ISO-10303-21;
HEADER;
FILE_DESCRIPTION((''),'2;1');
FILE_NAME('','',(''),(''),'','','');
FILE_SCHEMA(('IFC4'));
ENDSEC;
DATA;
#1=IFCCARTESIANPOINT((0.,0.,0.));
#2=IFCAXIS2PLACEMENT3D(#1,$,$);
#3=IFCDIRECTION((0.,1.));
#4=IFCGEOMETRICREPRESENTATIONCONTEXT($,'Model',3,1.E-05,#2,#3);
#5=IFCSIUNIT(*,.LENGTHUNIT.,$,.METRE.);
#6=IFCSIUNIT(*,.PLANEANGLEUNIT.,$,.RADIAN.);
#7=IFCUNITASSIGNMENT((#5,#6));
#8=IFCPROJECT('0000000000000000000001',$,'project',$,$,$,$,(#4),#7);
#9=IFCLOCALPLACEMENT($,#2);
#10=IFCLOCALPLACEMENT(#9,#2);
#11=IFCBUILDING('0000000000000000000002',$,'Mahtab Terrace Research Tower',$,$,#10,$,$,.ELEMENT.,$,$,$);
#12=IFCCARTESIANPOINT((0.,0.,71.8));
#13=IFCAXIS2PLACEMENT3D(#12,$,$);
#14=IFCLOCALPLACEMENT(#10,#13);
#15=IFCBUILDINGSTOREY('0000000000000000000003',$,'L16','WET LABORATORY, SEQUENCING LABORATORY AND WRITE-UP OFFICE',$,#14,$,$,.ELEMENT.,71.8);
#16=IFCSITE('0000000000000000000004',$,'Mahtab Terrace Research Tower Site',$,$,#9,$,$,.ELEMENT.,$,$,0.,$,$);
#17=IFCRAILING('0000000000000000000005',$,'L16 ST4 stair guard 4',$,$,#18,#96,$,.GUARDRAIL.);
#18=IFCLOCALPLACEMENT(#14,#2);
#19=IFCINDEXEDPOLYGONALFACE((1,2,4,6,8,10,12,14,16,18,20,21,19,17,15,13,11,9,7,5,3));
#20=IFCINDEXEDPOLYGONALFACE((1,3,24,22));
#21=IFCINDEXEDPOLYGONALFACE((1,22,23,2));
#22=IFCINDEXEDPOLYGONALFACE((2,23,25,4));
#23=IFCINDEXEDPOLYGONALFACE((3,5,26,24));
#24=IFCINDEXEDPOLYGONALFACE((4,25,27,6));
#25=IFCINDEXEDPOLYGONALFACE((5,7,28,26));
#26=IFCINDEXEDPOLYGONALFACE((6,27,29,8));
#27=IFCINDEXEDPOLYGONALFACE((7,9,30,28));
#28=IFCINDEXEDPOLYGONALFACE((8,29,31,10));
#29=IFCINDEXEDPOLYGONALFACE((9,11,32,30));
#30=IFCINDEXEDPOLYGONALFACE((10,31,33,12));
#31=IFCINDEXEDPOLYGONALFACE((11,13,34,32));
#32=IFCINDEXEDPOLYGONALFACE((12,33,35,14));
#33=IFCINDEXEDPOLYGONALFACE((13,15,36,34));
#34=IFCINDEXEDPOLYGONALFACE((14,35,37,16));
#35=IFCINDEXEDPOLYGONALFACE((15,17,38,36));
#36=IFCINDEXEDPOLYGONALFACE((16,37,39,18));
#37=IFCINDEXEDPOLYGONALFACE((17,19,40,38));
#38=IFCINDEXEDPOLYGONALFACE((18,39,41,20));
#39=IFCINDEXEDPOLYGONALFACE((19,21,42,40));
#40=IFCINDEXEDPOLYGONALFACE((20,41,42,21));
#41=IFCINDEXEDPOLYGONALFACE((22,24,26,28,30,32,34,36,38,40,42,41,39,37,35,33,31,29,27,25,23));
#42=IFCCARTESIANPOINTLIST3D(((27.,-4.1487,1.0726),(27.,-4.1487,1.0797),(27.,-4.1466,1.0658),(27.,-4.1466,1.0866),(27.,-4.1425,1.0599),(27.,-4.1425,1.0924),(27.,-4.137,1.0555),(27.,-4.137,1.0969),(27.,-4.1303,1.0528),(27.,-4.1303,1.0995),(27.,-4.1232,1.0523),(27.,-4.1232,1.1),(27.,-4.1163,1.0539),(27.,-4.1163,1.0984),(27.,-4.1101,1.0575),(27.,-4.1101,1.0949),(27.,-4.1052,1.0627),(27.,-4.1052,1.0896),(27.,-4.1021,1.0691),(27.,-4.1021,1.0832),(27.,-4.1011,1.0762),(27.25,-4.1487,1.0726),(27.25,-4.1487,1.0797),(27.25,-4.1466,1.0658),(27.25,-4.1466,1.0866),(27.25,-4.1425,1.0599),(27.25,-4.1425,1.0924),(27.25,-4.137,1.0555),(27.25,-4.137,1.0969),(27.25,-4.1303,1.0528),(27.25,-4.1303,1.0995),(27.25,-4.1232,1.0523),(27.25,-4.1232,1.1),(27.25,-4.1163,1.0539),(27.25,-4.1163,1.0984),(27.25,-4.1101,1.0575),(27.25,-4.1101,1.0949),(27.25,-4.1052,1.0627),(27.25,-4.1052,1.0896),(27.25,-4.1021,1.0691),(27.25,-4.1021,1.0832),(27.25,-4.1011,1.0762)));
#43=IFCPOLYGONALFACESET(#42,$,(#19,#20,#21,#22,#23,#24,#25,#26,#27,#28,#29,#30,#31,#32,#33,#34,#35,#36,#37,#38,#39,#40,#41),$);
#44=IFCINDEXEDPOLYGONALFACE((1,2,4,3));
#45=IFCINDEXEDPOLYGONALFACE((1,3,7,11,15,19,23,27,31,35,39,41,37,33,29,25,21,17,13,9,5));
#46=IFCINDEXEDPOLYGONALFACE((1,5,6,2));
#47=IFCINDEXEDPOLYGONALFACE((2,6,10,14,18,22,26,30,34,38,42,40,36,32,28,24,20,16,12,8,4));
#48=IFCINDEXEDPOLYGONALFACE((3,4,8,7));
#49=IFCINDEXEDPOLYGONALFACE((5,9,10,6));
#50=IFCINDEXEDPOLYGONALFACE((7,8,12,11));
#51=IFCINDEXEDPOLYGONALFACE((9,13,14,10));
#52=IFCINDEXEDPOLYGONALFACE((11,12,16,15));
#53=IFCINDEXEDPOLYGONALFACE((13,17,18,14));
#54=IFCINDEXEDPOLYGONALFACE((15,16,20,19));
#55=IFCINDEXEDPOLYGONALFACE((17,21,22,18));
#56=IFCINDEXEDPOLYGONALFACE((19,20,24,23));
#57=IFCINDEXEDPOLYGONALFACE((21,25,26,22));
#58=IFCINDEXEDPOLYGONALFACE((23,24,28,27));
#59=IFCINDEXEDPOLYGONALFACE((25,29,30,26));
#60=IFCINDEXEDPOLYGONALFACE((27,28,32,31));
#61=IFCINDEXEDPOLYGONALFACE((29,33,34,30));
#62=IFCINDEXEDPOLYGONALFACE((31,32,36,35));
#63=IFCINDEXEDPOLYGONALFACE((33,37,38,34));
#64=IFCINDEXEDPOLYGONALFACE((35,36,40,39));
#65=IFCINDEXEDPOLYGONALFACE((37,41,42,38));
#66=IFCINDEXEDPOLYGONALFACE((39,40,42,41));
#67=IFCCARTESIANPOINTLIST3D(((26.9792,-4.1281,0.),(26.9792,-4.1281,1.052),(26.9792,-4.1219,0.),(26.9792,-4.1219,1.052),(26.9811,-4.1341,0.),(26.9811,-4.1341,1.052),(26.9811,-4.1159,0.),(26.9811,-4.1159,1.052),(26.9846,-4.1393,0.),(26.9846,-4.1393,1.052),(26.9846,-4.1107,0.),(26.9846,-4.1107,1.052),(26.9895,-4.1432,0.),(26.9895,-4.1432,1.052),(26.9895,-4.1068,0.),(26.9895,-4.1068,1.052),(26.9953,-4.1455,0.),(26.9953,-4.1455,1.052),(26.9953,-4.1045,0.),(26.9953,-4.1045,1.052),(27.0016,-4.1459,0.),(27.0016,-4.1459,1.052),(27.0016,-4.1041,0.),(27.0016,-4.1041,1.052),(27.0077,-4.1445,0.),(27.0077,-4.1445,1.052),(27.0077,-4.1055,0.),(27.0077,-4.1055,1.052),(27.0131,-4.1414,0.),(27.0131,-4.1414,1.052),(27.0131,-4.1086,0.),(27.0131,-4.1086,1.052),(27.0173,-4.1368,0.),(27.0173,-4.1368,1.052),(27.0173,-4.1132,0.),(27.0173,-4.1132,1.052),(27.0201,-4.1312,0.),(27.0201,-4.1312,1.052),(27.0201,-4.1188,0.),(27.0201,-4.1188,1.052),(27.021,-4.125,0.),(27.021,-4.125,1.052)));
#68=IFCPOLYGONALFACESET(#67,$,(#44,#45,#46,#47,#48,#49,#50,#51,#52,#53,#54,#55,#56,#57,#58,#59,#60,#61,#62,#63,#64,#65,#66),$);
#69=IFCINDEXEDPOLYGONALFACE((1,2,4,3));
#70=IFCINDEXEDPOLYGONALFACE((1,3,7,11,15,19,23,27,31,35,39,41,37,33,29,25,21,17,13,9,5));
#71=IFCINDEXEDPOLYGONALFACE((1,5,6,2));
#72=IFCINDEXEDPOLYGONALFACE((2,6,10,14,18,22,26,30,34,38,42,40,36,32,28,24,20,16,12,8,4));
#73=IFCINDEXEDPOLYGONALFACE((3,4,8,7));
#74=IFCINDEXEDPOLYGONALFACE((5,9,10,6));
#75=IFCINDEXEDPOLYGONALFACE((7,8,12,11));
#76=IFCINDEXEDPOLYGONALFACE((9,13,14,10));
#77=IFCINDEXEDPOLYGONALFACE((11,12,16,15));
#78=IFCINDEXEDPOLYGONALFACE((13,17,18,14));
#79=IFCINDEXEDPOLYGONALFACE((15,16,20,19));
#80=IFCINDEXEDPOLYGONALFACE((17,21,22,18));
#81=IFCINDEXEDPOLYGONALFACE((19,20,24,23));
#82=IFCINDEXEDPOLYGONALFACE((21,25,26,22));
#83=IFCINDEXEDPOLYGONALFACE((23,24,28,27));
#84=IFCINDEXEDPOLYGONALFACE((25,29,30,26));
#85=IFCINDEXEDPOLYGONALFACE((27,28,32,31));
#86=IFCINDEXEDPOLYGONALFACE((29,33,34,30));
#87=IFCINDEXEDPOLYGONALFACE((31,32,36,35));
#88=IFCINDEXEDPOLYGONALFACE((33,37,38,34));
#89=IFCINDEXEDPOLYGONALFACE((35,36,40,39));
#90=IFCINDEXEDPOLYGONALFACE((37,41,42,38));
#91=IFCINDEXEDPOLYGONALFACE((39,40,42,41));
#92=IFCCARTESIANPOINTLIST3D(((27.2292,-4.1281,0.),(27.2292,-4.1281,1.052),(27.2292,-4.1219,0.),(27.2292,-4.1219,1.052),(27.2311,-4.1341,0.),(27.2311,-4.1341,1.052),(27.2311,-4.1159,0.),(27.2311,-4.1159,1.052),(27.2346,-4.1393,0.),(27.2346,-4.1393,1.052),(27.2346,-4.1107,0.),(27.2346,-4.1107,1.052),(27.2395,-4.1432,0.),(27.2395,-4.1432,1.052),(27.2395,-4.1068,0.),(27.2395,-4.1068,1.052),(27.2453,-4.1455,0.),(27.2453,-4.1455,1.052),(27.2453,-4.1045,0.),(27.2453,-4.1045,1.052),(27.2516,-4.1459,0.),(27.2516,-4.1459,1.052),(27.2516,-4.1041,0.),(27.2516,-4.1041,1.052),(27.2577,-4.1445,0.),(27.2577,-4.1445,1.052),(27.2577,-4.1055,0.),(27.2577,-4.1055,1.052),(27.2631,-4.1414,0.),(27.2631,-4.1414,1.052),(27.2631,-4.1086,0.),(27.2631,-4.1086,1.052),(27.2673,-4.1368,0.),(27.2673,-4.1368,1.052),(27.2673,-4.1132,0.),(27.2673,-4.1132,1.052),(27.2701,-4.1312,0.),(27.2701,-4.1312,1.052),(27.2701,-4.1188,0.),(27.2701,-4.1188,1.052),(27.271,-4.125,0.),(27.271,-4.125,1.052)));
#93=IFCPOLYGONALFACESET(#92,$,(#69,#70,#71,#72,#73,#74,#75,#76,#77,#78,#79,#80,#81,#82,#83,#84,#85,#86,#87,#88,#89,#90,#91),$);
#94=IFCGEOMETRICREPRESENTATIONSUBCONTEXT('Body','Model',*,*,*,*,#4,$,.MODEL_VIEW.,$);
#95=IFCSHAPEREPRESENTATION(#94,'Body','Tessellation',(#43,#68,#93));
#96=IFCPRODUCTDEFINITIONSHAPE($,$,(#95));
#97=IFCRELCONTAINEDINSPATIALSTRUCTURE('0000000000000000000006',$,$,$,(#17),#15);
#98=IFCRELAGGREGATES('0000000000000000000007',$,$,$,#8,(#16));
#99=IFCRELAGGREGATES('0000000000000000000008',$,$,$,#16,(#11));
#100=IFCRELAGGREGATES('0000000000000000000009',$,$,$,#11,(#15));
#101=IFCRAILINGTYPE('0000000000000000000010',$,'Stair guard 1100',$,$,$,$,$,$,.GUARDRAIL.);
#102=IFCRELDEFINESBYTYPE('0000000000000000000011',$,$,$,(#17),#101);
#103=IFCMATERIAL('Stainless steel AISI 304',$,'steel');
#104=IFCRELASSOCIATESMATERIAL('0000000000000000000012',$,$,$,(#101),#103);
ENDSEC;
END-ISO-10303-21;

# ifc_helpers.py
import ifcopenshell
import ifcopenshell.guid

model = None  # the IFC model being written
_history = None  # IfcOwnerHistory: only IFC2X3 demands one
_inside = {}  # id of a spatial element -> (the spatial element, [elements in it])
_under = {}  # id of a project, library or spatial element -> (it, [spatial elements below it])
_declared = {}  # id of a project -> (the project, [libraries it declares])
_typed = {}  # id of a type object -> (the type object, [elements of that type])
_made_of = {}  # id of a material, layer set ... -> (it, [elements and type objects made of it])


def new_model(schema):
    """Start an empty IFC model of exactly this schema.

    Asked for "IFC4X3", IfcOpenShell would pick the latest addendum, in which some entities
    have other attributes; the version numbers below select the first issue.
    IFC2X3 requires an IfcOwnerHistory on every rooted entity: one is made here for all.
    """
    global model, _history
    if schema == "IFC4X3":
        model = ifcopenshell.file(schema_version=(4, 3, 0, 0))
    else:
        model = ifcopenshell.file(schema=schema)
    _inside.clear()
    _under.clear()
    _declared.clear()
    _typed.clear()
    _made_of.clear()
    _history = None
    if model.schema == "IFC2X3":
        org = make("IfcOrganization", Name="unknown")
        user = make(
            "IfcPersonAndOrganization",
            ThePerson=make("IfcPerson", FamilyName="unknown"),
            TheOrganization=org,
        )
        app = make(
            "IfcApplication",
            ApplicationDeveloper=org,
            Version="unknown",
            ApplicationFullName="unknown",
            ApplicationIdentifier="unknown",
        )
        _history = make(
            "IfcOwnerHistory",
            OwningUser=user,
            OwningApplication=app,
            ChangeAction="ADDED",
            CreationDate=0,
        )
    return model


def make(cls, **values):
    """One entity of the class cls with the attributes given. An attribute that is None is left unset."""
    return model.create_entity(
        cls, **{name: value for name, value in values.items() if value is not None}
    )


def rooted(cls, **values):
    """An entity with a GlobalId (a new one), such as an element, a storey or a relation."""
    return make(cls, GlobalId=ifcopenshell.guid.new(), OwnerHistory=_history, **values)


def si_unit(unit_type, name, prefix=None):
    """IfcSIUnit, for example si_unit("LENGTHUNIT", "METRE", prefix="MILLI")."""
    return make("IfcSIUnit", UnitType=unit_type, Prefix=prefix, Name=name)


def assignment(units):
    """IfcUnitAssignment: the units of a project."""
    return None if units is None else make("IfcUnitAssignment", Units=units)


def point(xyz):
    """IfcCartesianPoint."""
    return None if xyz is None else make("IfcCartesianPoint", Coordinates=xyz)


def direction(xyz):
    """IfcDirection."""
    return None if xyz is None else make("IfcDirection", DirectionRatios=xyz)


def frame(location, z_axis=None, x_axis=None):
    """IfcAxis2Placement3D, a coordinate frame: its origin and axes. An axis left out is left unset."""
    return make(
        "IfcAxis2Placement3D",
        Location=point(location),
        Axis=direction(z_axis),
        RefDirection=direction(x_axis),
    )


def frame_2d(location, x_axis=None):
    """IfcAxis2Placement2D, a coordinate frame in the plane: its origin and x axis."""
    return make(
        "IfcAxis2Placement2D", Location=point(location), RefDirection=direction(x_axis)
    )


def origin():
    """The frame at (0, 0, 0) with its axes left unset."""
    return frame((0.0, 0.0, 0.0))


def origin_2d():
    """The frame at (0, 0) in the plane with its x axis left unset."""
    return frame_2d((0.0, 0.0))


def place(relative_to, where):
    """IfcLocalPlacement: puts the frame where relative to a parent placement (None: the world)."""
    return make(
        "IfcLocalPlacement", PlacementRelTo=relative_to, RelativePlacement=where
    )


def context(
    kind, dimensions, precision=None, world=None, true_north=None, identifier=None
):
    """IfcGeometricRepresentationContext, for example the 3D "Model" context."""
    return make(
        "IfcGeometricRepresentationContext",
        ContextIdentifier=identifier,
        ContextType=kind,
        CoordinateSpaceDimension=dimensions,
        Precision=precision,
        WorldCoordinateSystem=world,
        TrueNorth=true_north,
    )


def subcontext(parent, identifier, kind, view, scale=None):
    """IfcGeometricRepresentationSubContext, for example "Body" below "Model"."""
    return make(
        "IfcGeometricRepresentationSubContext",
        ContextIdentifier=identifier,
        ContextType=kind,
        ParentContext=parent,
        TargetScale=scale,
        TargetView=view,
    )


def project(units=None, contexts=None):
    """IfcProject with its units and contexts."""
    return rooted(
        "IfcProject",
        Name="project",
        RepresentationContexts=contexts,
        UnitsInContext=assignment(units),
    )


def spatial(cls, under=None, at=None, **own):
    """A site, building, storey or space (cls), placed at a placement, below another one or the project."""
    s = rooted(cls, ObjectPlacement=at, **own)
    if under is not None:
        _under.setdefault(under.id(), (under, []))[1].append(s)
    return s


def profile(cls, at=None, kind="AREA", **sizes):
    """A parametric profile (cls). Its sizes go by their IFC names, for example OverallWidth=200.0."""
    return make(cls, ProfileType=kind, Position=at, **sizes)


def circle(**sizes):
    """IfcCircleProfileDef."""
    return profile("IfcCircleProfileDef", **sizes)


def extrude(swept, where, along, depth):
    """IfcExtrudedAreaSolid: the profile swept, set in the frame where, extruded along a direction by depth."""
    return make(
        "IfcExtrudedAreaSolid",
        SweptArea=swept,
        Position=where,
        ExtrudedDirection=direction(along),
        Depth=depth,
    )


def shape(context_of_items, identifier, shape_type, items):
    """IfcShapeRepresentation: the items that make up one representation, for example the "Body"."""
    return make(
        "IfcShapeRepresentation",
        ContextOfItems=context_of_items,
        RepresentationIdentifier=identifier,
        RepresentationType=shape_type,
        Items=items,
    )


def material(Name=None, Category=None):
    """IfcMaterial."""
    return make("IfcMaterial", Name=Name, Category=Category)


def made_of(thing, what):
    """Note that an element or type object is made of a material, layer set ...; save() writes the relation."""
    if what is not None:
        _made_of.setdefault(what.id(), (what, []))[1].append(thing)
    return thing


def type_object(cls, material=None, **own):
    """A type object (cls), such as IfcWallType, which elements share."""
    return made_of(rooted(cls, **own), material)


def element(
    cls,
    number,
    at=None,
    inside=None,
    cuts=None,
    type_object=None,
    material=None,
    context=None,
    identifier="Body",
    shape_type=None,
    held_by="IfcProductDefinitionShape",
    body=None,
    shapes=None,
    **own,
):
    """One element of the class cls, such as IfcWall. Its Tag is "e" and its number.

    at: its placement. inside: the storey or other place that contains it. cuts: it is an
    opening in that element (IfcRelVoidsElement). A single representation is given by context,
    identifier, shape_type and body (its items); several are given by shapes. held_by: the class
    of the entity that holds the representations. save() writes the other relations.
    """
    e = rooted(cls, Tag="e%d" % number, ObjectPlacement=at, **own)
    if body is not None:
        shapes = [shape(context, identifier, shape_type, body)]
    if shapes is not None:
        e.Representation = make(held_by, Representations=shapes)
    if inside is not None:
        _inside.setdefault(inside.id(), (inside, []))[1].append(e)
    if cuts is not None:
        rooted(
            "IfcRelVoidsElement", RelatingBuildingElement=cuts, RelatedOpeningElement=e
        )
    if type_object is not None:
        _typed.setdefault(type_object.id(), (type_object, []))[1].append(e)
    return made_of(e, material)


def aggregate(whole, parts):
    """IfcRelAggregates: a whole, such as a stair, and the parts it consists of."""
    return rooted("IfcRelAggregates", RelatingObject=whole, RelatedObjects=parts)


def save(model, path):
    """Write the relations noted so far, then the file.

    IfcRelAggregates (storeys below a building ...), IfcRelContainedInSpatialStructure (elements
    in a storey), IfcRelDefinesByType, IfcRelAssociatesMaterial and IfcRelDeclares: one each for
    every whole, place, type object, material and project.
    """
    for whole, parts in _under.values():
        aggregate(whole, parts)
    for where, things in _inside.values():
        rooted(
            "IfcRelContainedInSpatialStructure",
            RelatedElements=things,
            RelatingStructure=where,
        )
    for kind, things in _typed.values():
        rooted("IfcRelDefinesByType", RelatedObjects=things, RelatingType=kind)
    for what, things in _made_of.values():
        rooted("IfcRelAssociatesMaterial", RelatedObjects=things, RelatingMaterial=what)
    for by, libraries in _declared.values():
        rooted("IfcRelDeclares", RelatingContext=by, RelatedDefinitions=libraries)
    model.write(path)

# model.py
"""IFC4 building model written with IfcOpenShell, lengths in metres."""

from ifc_helpers import new_model, si_unit, direction, frame, origin, origin_2d, place, context, subcontext, project, spatial, circle, extrude, material, type_object, element, save


model = new_model("IFC4")

# Units and contexts
model_context = context("Model", 3, precision=1e-05, world=origin(), true_north=direction((0.0, 1.0)))
body_context = subcontext(model_context, "Body", "Model", "MODEL_VIEW")
ifc_project = project(units=[si_unit("LENGTHUNIT", "METRE"), si_unit("PLANEANGLEUNIT", "RADIAN")], contexts=[model_context])

# Site, building, storey
site_placement = place(None, origin())
site = spatial("IfcSite", under=ifc_project, at=site_placement, Name="Mahtab Terrace Research Tower Site", CompositionType="ELEMENT", RefElevation=0.0)
building_placement = place(site_placement, origin())
building = spatial("IfcBuilding", under=site, at=building_placement, Name="Mahtab Terrace Research Tower", CompositionType="ELEMENT")
storey_placement = place(building_placement, frame((0.0, 0.0, 71.8)))
storey = spatial("IfcBuildingStorey", under=building, at=storey_placement, Name="L16", Description="WET LABORATORY, SEQUENCING LABORATORY AND WRITE-UP OFFICE", CompositionType="ELEMENT", Elevation=71.8)

# Railing
ifc_material_1 = material(Name="Stainless steel AISI 304", Category="steel")
railing_type_1 = type_object("IfcRailingType", Name="Stair guard 1100", PredefinedType="GUARDRAIL", material=ifc_material_1)
railing_1_placement = place(storey_placement, frame((27.0, -4.125, 0.0)))
element("IfcRailing", 1, at=railing_1_placement, inside=storey, type_object=railing_type_1, Name="L16 ST4 stair guard 4", PredefinedType="GUARDRAIL", context=body_context, shape_type="SweptSolid", body=[
    extrude(circle(Radius=0.0239, at=origin_2d()), frame((0.0, 0.0, 1.0762), z_axis=(1.0, 0.0, 0.0), x_axis=(0.0, 1.0, 0.0)), (0.0, 0.0, 1.0), 0.25),
    extrude(circle(Radius=0.021, at=origin_2d()), origin(), (0.0, 0.0, 1.0), 1.052),
    extrude(circle(Radius=0.021, at=origin_2d()), frame((0.25, 0.0, 0.0)), (0.0, 0.0, 1.0), 1.052),
])

save(model, "model.ifc")
